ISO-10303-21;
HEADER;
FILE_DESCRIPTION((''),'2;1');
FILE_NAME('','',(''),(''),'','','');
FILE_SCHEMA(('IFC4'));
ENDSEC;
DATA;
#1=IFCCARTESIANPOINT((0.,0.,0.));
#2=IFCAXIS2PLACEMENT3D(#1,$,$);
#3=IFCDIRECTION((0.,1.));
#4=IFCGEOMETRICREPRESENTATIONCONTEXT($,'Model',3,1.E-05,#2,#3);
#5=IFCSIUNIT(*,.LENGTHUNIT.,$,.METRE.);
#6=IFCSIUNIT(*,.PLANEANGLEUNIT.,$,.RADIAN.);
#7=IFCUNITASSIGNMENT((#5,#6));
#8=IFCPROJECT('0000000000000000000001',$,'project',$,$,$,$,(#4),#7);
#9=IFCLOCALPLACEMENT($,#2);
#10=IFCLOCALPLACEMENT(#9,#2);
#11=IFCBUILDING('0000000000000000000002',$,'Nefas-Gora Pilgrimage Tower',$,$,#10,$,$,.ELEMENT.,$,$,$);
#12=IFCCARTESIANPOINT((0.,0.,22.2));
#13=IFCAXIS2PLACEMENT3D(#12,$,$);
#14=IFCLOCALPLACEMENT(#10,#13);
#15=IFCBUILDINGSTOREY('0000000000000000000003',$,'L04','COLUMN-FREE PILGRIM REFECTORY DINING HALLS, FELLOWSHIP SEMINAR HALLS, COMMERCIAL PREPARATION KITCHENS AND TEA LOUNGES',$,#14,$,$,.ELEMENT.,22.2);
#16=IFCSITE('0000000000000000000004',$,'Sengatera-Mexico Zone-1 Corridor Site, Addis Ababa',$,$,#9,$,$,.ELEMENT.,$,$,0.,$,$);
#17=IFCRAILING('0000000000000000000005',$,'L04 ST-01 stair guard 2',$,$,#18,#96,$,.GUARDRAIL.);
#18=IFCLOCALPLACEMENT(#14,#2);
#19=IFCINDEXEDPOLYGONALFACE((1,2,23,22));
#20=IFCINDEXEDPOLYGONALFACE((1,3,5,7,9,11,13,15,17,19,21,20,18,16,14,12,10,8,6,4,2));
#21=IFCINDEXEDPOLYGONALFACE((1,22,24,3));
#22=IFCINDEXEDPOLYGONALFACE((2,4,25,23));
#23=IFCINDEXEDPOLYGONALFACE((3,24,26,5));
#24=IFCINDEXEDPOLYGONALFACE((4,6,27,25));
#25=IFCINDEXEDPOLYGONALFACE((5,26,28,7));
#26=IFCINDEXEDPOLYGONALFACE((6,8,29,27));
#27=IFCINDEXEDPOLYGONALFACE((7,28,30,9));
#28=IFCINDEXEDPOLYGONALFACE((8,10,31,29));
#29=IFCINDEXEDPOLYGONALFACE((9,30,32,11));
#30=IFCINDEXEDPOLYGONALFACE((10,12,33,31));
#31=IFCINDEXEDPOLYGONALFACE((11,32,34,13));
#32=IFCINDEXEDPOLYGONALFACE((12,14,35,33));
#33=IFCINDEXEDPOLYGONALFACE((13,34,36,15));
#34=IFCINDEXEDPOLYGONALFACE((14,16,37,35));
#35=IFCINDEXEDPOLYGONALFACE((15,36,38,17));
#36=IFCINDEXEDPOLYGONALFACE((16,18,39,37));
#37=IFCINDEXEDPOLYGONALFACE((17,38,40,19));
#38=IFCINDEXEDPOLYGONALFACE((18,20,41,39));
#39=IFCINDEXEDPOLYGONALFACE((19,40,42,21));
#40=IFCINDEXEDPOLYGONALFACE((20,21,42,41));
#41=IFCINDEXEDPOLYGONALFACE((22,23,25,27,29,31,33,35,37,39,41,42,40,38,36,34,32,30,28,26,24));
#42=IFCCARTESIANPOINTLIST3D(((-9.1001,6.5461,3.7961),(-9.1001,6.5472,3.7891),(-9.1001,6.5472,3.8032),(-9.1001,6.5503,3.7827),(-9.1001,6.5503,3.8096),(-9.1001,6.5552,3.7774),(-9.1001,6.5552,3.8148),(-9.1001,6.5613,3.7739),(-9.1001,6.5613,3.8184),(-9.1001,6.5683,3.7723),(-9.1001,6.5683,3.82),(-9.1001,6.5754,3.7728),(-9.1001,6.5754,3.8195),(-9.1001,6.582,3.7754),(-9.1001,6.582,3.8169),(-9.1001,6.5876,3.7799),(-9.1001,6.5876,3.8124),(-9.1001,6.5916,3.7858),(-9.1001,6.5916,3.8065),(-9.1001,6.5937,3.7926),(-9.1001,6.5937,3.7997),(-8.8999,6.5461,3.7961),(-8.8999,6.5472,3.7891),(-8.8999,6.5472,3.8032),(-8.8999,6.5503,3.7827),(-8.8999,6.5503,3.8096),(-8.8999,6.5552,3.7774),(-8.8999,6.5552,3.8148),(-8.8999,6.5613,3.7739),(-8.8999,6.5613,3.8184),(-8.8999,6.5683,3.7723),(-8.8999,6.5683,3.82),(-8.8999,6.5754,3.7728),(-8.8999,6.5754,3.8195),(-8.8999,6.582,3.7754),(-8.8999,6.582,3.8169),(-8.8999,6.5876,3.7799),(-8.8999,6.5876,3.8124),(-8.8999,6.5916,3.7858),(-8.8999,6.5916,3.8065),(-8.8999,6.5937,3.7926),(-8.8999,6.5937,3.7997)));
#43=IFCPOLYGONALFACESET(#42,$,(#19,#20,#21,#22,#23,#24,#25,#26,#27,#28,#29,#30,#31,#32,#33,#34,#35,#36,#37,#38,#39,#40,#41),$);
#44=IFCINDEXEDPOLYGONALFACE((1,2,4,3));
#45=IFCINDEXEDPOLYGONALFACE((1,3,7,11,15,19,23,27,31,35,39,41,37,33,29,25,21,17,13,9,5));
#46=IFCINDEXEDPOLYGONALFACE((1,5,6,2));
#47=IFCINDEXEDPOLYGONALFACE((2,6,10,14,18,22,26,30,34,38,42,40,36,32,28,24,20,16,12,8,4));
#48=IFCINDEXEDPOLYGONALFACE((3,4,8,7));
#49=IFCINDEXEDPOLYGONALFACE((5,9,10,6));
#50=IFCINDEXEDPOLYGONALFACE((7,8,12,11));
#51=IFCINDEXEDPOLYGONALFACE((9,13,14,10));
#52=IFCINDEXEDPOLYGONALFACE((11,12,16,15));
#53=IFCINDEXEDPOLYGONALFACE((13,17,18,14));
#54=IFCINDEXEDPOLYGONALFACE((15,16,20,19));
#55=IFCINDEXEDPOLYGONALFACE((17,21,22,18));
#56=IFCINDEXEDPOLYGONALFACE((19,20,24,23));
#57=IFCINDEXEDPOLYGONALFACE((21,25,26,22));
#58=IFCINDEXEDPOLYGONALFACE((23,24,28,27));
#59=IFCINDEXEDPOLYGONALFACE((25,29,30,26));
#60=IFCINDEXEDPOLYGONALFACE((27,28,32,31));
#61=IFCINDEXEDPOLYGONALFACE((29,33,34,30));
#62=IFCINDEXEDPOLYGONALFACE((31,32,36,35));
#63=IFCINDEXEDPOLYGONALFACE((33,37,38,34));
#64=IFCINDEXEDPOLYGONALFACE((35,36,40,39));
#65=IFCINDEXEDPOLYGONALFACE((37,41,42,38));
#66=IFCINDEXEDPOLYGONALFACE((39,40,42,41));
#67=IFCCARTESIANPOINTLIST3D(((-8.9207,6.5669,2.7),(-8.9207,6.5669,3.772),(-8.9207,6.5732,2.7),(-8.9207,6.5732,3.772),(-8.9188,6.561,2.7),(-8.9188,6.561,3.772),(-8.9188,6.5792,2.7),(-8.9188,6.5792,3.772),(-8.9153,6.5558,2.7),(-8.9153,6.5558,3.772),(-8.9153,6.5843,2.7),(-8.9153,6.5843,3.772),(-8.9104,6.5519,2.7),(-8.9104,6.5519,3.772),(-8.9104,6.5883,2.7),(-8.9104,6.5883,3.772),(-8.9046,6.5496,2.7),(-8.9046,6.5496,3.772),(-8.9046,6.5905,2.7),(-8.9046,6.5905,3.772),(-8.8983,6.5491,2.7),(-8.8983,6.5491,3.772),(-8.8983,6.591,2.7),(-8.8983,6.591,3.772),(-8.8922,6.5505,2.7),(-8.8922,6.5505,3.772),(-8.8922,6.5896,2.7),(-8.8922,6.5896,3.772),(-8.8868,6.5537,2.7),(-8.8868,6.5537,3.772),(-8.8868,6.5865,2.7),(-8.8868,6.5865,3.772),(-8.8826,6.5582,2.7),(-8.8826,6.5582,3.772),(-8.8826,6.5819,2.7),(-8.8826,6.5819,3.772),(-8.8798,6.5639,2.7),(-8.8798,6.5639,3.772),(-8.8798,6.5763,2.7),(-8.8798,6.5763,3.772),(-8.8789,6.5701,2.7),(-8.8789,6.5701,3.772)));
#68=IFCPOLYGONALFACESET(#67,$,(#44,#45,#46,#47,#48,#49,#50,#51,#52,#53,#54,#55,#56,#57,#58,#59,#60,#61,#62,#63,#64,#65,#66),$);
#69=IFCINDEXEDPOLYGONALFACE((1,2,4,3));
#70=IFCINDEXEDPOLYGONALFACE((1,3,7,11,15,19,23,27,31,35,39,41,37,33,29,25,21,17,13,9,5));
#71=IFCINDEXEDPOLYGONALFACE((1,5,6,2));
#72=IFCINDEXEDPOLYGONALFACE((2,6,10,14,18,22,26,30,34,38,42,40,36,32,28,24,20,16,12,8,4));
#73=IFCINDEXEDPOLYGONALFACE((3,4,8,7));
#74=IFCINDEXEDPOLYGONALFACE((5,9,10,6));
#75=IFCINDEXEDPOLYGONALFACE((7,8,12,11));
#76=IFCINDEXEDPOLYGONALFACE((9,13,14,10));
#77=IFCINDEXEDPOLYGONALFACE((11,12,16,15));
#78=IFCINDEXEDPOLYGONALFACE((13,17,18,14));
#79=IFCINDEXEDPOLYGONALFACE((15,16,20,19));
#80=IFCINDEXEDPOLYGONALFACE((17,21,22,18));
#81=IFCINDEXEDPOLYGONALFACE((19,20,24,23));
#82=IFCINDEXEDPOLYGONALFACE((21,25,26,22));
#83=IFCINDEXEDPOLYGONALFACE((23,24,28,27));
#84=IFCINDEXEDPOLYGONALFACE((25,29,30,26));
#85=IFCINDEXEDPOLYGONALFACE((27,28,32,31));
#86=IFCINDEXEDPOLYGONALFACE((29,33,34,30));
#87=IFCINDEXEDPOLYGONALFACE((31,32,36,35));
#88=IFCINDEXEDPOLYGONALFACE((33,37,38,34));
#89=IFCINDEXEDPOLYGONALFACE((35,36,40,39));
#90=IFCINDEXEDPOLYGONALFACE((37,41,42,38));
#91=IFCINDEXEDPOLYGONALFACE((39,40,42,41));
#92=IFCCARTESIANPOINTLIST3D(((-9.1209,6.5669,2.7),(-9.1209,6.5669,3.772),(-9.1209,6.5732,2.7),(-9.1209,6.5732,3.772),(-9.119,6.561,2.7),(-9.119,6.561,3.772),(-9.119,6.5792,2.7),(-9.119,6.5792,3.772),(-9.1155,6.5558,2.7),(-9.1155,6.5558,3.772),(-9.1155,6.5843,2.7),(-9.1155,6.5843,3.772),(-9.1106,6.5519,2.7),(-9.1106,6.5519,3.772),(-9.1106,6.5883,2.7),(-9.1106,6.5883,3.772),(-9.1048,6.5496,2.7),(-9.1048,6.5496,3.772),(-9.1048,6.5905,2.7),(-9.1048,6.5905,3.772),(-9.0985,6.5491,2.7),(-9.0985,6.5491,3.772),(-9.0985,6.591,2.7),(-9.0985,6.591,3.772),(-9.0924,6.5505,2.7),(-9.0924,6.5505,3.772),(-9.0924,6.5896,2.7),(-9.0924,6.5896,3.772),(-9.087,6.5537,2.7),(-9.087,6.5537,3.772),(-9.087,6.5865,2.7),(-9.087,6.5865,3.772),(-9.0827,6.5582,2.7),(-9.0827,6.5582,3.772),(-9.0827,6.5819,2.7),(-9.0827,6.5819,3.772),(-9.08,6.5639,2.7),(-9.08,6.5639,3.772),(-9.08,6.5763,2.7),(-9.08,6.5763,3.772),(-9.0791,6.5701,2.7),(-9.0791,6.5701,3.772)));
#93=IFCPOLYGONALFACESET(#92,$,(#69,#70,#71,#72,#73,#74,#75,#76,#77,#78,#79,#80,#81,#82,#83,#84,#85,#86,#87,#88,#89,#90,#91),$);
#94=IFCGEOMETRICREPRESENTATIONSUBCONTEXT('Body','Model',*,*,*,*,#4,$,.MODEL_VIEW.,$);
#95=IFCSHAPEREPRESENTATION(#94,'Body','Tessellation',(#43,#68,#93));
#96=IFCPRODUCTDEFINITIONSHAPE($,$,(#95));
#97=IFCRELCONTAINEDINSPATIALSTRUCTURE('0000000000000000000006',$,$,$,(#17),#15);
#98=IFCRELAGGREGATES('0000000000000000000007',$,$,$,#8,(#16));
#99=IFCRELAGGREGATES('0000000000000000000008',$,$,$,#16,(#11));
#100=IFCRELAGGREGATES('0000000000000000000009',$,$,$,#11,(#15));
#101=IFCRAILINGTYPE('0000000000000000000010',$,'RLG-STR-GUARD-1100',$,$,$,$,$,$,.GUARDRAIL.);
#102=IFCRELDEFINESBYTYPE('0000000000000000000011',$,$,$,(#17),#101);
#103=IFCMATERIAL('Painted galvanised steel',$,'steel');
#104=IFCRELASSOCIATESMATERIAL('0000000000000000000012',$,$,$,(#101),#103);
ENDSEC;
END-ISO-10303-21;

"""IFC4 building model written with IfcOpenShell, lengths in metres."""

from ifc_helpers import new_model, si_unit, direction, frame, origin, origin_2d, place, context, subcontext, project, spatial, circle, extrude, material, type_object, element, save


model = new_model("IFC4")

# Units and contexts
model_context = context("Model", 3, precision=1e-05, world=origin(), true_north=direction((0.0, 1.0)))
body_context = subcontext(model_context, "Body", "Model", "MODEL_VIEW")
ifc_project = project(units=[si_unit("LENGTHUNIT", "METRE"), si_unit("PLANEANGLEUNIT", "RADIAN")], contexts=[model_context])

# Site, building, storey
site_placement = place(None, origin())
site = spatial("IfcSite", under=ifc_project, at=site_placement, Name="Sengatera-Mexico Zone-1 Corridor Site, Addis Ababa", CompositionType="ELEMENT", RefElevation=0.0)
building_placement = place(site_placement, origin())
building = spatial("IfcBuilding", under=site, at=building_placement, Name="Nefas-Gora Pilgrimage Tower", CompositionType="ELEMENT")
storey_placement = place(building_placement, frame((0.0, 0.0, 22.2)))
storey = spatial("IfcBuildingStorey", under=building, at=storey_placement, Name="L04", Description="COLUMN-FREE PILGRIM REFECTORY DINING HALLS, FELLOWSHIP SEMINAR HALLS, COMMERCIAL PREPARATION KITCHENS AND TEA LOUNGES", CompositionType="ELEMENT", Elevation=22.2)

# Railing
ifc_material_1 = material(Name="Painted galvanised steel", Category="steel")
railing_type_1 = type_object("IfcRailingType", Name="RLG-STR-GUARD-1100", PredefinedType="GUARDRAIL", material=ifc_material_1)
railing_1_placement = place(storey_placement, frame((-8.8999, 6.5701, 2.7)))
element("IfcRailing", 1, at=railing_1_placement, inside=storey, type_object=railing_type_1, Name="L04 ST-01 stair guard 2", PredefinedType="GUARDRAIL", context=body_context, shape_type="SweptSolid", body=[
    extrude(circle(Radius=0.0239, at=origin_2d()), frame((0.0, 0.0, 1.0962), z_axis=(-1.0, 0.0, 0.0), x_axis=(0.0, -1.0, 0.0)), (0.0, 0.0, 1.0), 0.2002),
    extrude(circle(Radius=0.021, at=origin_2d()), origin(), (0.0, 0.0, 1.0), 1.072),
    extrude(circle(Radius=0.021, at=origin_2d()), frame((-0.2002, 0.0, 0.0)), (0.0, 0.0, 1.0), 1.072),
])

save(model, "model.ifc")
